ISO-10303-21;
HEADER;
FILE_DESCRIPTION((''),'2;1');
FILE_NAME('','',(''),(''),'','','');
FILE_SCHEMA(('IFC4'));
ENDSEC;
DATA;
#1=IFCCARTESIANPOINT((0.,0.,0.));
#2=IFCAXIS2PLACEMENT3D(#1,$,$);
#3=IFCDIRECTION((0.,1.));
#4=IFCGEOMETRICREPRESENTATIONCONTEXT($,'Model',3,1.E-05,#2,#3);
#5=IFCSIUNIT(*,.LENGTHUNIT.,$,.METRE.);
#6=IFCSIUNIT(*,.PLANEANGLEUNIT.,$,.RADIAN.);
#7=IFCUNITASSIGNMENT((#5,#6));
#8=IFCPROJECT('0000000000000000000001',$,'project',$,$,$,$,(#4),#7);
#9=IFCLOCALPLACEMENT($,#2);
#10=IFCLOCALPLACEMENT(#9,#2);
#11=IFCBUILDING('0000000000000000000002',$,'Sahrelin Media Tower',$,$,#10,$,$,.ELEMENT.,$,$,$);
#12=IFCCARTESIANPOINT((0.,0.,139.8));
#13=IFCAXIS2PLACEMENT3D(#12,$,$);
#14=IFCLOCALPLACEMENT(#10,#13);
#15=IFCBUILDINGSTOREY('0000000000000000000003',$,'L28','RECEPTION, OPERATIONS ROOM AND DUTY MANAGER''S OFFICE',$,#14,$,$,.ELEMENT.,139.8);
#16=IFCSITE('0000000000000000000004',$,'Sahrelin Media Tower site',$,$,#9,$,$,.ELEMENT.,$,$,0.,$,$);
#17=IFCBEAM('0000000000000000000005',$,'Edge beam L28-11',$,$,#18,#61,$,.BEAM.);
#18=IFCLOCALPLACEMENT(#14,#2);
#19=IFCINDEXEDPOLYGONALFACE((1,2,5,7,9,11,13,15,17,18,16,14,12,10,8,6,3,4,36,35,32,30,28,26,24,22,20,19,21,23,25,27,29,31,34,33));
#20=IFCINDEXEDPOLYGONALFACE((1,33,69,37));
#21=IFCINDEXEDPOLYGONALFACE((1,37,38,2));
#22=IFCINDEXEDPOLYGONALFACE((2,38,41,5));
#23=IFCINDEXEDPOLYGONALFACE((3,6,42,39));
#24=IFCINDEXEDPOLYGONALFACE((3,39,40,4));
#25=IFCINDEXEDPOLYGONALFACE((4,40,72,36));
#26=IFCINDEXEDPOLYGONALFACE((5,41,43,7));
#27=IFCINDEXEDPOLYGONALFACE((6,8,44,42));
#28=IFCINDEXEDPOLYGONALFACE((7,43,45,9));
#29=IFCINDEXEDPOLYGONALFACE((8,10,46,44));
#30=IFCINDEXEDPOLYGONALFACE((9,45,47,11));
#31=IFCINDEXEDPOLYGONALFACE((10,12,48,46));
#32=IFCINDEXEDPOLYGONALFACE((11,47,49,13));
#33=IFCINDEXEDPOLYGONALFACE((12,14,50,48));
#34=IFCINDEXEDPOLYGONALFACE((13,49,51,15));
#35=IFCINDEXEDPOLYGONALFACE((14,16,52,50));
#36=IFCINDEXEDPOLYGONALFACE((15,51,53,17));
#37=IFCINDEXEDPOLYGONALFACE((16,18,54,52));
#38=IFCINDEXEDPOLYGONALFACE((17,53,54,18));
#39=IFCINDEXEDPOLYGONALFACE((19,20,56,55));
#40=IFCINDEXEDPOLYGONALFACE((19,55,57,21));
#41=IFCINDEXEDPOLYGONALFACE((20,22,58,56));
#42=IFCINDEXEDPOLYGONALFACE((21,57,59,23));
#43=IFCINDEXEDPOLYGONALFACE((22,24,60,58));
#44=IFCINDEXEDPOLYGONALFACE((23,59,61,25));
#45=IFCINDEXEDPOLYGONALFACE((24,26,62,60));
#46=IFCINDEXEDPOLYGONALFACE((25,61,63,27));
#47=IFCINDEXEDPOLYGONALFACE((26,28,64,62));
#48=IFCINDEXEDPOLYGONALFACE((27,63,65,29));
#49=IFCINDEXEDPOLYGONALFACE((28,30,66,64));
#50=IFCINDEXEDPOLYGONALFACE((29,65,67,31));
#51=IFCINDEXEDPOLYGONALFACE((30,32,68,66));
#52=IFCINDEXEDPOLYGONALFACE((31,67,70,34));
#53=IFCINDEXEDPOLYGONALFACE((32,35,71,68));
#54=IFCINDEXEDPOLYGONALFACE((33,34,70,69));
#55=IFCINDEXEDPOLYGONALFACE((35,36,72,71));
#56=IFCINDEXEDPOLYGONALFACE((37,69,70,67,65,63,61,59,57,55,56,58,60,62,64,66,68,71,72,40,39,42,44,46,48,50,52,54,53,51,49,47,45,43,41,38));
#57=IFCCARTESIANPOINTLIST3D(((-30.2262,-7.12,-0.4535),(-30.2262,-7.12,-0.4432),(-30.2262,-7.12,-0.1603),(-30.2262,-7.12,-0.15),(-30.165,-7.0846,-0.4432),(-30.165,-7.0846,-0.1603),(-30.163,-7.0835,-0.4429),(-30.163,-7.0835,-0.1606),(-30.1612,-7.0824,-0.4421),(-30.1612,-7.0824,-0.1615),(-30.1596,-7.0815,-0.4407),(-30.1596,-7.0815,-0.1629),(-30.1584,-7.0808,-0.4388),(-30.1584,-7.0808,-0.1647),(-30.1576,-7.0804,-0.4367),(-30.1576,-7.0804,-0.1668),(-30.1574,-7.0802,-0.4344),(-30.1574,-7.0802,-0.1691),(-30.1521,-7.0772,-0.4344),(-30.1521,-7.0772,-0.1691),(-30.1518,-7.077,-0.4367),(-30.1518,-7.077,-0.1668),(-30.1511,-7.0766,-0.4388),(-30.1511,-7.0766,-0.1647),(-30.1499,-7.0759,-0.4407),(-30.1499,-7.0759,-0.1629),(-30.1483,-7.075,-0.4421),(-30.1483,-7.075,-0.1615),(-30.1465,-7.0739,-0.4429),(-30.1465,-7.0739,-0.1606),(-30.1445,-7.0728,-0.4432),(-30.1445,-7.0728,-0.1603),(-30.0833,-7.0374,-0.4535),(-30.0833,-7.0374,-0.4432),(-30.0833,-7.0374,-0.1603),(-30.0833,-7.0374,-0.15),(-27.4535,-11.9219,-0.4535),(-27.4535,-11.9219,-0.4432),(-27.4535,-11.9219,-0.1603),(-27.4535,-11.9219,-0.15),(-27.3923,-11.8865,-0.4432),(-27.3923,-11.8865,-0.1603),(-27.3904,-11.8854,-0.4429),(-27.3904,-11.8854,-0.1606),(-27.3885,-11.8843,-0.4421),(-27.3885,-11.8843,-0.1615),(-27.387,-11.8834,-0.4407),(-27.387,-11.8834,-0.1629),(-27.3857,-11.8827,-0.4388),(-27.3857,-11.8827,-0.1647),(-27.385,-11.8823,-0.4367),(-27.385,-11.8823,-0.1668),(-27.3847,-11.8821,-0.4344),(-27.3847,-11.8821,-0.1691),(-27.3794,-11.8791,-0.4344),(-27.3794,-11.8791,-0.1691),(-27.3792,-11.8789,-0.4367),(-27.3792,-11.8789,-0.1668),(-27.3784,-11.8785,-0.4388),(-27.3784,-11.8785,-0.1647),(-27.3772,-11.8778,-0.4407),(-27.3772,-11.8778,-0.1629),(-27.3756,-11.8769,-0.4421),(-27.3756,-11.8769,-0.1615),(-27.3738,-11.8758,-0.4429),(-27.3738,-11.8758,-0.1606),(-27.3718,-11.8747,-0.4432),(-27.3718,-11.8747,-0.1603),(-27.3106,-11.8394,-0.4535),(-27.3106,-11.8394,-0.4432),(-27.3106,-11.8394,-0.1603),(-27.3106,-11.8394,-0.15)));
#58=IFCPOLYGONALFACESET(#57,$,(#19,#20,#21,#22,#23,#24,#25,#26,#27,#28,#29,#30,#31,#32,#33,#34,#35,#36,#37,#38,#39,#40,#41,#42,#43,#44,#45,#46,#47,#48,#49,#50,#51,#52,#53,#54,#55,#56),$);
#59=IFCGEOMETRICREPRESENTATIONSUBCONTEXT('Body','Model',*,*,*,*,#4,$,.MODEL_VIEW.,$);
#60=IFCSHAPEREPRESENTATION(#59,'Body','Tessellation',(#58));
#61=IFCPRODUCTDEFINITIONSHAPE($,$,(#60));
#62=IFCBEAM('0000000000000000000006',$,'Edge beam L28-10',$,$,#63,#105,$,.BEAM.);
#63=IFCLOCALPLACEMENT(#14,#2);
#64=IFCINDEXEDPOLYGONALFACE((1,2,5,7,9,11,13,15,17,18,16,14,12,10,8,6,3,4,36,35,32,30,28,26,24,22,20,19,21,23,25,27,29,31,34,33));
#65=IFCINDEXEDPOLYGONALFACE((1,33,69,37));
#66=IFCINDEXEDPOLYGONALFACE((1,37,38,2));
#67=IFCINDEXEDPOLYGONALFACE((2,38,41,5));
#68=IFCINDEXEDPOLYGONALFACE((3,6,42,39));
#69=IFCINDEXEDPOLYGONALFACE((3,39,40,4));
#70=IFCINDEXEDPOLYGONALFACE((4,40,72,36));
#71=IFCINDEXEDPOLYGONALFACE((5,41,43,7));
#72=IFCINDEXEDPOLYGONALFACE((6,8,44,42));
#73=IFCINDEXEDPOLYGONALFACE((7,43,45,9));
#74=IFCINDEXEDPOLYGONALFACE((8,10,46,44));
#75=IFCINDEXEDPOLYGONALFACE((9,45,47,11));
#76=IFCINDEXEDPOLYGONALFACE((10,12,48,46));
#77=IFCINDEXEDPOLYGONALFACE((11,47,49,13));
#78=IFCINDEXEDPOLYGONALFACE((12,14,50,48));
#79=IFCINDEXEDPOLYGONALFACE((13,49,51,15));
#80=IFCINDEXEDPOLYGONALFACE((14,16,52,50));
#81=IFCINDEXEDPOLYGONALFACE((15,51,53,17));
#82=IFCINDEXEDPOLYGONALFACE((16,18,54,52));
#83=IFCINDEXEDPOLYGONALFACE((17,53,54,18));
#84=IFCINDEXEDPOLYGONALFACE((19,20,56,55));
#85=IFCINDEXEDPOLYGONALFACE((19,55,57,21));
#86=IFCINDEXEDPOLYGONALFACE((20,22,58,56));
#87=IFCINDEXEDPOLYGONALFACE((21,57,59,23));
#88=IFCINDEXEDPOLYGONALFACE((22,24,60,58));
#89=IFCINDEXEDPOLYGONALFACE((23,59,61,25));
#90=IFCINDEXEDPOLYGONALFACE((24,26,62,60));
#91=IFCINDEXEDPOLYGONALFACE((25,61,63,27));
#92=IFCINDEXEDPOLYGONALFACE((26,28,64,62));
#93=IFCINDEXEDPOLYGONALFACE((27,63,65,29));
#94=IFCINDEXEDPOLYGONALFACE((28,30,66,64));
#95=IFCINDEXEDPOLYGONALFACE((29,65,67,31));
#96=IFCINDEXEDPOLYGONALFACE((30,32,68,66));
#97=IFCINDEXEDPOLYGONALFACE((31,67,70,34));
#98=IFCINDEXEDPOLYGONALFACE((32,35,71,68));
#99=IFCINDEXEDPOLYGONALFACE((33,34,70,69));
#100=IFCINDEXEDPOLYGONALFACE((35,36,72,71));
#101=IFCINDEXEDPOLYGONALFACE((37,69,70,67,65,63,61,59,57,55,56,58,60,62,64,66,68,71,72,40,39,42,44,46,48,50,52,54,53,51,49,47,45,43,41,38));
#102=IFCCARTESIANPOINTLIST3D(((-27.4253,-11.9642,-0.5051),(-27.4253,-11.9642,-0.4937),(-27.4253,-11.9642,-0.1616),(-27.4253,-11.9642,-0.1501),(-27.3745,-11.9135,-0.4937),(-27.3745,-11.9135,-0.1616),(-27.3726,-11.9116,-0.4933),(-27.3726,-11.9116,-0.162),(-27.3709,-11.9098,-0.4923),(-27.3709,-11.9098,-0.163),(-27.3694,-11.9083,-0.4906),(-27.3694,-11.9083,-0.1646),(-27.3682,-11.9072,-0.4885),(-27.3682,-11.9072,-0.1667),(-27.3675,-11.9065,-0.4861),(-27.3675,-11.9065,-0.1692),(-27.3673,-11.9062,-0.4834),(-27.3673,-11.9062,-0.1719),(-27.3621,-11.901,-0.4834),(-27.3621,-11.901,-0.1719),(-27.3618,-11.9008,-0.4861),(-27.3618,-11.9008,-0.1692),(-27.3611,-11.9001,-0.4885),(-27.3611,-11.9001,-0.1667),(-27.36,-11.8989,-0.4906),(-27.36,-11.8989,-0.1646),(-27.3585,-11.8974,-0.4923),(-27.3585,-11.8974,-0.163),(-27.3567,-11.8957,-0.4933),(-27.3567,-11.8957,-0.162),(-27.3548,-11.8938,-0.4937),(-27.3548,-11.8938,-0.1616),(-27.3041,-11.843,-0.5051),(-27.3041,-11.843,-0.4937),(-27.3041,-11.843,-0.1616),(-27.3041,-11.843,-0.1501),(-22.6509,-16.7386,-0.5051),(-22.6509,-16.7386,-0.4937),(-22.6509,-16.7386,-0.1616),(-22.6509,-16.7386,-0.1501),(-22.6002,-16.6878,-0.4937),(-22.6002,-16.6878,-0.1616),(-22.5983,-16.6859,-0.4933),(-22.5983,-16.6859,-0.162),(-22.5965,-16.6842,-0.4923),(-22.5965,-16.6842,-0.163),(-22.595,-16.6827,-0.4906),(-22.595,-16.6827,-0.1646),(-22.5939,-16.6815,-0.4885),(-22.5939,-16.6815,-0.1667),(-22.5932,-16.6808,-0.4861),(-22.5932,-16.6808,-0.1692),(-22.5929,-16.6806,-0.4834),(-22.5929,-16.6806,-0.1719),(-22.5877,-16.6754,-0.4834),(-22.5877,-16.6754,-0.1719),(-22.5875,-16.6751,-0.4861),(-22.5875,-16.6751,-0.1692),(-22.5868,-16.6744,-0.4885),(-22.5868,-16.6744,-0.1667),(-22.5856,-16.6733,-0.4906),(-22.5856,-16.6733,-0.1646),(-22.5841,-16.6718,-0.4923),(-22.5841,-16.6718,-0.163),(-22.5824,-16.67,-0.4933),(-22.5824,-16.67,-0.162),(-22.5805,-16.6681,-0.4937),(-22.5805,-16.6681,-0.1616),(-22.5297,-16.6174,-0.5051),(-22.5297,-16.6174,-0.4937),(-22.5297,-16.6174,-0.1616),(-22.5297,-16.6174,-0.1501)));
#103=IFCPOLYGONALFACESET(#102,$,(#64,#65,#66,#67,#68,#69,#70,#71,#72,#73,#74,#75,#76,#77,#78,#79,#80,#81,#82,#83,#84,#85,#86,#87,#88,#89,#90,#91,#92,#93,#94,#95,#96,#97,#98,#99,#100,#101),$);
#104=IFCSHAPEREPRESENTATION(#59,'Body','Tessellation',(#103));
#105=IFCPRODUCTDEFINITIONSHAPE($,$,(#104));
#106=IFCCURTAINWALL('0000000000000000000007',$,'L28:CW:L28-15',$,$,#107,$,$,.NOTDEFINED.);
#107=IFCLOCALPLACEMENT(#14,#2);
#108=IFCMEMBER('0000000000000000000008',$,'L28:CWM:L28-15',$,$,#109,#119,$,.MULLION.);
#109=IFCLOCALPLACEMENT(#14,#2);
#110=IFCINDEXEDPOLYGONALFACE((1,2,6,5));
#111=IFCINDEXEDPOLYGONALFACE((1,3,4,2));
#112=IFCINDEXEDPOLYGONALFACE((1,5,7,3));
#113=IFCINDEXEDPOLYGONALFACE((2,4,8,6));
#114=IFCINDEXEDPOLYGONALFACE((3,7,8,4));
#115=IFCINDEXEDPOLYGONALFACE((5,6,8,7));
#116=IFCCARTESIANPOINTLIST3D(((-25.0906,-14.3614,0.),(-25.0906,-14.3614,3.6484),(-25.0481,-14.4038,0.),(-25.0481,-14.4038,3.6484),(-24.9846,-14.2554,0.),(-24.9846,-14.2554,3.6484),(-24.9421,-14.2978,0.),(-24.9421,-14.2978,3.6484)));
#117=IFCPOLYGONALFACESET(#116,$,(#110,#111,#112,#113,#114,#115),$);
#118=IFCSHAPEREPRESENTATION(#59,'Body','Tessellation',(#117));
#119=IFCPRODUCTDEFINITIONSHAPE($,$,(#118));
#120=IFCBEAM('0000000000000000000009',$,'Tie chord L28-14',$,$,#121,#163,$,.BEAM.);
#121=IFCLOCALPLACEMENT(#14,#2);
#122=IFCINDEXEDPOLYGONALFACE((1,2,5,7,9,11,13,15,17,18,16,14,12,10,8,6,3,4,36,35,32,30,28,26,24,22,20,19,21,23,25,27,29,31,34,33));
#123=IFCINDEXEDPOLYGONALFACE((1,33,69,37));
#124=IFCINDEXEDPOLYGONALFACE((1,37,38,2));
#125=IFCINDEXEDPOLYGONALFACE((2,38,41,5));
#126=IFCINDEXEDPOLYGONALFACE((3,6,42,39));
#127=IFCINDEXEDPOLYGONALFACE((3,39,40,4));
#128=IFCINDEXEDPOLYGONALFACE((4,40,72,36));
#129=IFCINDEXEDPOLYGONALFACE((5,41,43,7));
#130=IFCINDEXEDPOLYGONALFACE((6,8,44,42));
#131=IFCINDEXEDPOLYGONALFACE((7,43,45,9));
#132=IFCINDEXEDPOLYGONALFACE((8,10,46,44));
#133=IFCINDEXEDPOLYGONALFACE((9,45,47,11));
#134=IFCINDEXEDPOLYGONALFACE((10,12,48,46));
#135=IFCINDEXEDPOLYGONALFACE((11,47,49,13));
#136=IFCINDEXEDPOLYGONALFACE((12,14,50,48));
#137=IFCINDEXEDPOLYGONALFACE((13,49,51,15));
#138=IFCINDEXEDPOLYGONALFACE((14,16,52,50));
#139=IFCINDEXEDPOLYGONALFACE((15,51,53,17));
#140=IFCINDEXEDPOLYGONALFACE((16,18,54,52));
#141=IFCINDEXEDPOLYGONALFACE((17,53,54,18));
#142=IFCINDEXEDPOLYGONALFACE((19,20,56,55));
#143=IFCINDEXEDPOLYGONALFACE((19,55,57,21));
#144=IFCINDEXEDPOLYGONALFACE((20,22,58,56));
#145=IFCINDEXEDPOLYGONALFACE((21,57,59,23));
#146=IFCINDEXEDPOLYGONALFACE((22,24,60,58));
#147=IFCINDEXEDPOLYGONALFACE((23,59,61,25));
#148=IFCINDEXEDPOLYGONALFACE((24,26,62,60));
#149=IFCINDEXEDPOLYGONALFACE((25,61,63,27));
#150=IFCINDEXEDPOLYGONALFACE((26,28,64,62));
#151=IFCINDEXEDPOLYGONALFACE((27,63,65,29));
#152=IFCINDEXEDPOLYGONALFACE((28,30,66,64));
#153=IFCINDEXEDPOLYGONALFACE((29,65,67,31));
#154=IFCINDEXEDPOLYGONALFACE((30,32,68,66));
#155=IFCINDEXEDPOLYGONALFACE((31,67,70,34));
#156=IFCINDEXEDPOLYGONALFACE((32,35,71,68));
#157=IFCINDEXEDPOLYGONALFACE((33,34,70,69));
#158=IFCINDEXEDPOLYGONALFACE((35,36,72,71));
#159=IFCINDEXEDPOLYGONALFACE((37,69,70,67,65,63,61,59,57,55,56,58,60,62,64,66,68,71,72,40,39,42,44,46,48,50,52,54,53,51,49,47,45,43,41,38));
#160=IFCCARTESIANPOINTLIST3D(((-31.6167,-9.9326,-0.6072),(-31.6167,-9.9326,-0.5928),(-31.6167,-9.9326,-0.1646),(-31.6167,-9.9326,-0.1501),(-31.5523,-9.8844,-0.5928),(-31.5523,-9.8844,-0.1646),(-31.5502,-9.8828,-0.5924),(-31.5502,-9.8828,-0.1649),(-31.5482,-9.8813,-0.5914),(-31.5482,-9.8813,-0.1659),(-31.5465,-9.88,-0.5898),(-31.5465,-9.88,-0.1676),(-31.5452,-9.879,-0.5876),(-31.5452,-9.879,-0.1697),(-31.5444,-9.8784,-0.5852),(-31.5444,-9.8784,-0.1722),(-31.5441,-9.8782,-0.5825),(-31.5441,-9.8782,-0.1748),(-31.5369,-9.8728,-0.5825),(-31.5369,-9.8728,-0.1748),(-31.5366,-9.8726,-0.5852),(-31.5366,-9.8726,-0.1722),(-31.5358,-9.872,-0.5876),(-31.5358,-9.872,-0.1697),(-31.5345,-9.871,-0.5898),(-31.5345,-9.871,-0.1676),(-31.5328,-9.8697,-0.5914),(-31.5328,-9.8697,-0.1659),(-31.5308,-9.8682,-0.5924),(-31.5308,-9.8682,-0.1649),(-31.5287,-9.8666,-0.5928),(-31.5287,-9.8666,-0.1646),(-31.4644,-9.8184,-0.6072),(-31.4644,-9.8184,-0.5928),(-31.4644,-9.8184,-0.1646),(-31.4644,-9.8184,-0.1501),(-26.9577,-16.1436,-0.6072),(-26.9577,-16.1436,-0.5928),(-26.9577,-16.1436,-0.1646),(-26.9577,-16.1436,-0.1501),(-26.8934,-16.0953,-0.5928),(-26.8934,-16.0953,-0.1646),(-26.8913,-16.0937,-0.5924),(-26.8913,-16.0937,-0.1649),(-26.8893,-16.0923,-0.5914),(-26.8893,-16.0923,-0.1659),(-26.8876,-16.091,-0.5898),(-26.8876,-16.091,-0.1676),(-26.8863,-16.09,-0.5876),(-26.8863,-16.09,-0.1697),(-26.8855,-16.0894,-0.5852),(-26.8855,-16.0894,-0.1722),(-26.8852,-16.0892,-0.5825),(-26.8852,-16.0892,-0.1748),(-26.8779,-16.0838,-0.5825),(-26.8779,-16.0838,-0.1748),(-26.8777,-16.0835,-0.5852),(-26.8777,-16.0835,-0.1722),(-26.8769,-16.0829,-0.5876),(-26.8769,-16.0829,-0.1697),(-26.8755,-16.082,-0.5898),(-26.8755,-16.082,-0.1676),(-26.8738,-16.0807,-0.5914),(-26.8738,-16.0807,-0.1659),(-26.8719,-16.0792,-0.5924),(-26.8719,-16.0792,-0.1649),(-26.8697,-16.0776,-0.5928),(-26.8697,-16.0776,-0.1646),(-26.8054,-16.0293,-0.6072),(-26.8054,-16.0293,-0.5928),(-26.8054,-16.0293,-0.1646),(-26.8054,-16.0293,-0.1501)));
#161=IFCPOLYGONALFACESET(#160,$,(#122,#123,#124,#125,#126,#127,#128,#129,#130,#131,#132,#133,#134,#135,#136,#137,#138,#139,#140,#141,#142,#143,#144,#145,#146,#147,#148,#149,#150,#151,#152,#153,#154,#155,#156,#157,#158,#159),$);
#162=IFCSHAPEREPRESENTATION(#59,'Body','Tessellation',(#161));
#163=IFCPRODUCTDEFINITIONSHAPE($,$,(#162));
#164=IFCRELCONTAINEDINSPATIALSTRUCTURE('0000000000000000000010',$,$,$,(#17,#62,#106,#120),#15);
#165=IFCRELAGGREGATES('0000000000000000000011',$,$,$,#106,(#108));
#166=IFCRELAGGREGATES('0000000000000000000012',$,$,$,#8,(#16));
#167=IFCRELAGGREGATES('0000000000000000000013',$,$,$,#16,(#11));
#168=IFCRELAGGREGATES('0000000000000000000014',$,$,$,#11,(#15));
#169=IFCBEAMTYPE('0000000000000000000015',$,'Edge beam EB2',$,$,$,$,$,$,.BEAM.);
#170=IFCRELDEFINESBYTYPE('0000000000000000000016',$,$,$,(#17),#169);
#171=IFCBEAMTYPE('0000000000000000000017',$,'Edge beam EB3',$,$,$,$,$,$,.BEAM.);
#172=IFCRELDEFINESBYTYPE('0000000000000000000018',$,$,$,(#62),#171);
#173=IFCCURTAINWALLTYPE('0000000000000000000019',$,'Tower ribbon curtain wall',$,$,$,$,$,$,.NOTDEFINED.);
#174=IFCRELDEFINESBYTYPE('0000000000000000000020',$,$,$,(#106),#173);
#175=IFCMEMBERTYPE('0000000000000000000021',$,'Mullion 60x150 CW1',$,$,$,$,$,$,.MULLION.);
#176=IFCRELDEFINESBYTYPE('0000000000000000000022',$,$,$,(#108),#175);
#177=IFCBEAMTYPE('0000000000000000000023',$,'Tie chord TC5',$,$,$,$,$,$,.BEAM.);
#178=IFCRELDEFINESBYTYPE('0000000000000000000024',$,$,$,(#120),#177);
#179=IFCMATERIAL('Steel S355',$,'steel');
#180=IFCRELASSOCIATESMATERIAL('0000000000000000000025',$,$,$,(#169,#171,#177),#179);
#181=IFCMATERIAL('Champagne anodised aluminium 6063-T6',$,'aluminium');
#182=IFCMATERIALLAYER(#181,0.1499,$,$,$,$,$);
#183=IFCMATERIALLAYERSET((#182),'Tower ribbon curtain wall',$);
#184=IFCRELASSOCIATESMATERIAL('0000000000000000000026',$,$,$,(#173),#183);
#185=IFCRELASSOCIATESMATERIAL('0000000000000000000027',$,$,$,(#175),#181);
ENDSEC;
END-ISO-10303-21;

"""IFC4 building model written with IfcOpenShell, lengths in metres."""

from ifc_helpers import new_model, si_unit, direction, frame, origin, origin_2d, place, context, subcontext, project, spatial, rectangle, i_section, extrude, material, layer, layer_set, material_profile, profile_set, type_object, element, aggregate, save


model = new_model("IFC4")

# Units and contexts
model_context = context("Model", 3, precision=1e-05, world=origin(), true_north=direction((0.0, 1.0)))
body_context = subcontext(model_context, "Body", "Model", "MODEL_VIEW")
ifc_project = project(units=[si_unit("LENGTHUNIT", "METRE"), si_unit("PLANEANGLEUNIT", "RADIAN")], contexts=[model_context])

# Site, building, storey
site_placement = place(None, origin())
site = spatial("IfcSite", under=ifc_project, at=site_placement, Name="Sahrelin Media Tower site", CompositionType="ELEMENT", RefElevation=0.0)
building_placement = place(site_placement, origin())
building = spatial("IfcBuilding", under=site, at=building_placement, Name="Sahrelin Media Tower", CompositionType="ELEMENT")
storey_placement = place(building_placement, frame((0.0, 0.0, 139.8)))
storey = spatial("IfcBuildingStorey", under=building, at=storey_placement, Name="L28", Description="RECEPTION, OPERATIONS ROOM AND DUTY MANAGER'S OFFICE", CompositionType="ELEMENT", Elevation=139.8)

# Beams
ifc_material_1 = material(Name="Steel S355", Category="steel")
ifc_material_profile_1 = material_profile(ifc_material_1, i_section(OverallWidth=0.165, OverallDepth=0.3035, WebThickness=0.0061, FlangeThickness=0.0103, FilletRadius=0.0088, at=origin_2d()), Name="UB 305x165x40")
ifc_profile_set_1 = profile_set([ifc_material_profile_1], Name="Steel S355")
beam_type_1 = type_object("IfcBeamType", Name="Edge beam EB2", PredefinedType="BEAM", material=ifc_profile_set_1)
beam_1_placement = place(storey_placement, frame((-27.3821, -11.8806, -0.3018), z_axis=(-0.500036, 0.866004, 0.0), x_axis=(-0.866004, -0.500036, 0.0)))
element("IfcBeam", 1, at=beam_1_placement, inside=storey, type_object=beam_type_1, Name="Edge beam L28-11", PredefinedType="BEAM", context=body_context, shape_type="SweptSolid", body=[
    extrude(i_section(OverallWidth=0.165, OverallDepth=0.3035, WebThickness=0.0061, FlangeThickness=0.0103, FilletRadius=0.0088, at=origin_2d()), origin(), (0.0, 0.0, 1.0), 5.5449),
])
ifc_material_profile_2 = material_profile(ifc_material_1, i_section(OverallWidth=0.1714, OverallDepth=0.355, WebThickness=0.0073, FlangeThickness=0.0115, FilletRadius=0.0103, at=origin_2d()), Name="UB 356x171x51")
ifc_profile_set_2 = profile_set([ifc_material_profile_2], Name="Steel S355")
beam_type_2 = type_object("IfcBeamType", Name="Edge beam EB3", PredefinedType="BEAM", material=ifc_profile_set_2)
beam_2_placement = place(storey_placement, frame((-22.5903, -16.678, -0.3276), z_axis=(-0.707107, 0.707107, 0.0), x_axis=(-0.707107, -0.707107, 0.0)))
element("IfcBeam", 2, at=beam_2_placement, inside=storey, type_object=beam_type_2, Name="Edge beam L28-10", PredefinedType="BEAM", context=body_context, shape_type="SweptSolid", body=[
    extrude(i_section(OverallWidth=0.1714, OverallDepth=0.355, WebThickness=0.0073, FlangeThickness=0.0115, FilletRadius=0.0103, at=origin_2d()), origin(), (0.0, 0.0, 1.0), 6.752),
])

# Curtain wall, member
ifc_material_2 = material(Name="Champagne anodised aluminium 6063-T6", Category="aluminium")
ifc_layer_1 = layer(ifc_material_2, 0.1499)
ifc_layer_set_1 = layer_set([ifc_layer_1], Name="Tower ribbon curtain wall")
curtain_wall_type = type_object("IfcCurtainWallType", Name="Tower ribbon curtain wall", PredefinedType="NOTDEFINED", material=ifc_layer_set_1)
curtain_wall_1_placement = place(storey_placement, frame((-25.0835, -14.3967, 0.0), z_axis=(0.0, 0.0, 1.0), x_axis=(1.0, 0.0, 0.0)))
curtain_wall_1 = element("IfcCurtainWall", 3, at=curtain_wall_1_placement, inside=storey, type_object=curtain_wall_type, Name="L28:CW:L28-15", PredefinedType="NOTDEFINED")
ifc_material_profile_3 = material_profile(ifc_material_2, rectangle(XDim=0.0601, YDim=0.1499, at=origin_2d()), Name="Mullion 60x150")
ifc_profile_set_3 = profile_set([ifc_material_profile_3], Name="Champagne anodised aluminium 6063-T6")
member_type_1 = type_object("IfcMemberType", Name="Mullion 60x150 CW1", PredefinedType="MULLION", material=ifc_profile_set_3)
member_1_placement = place(storey_placement, frame((-25.0164, -14.3296, 0.0), z_axis=(0.0, 0.0, 1.0), x_axis=(0.707107, -0.707107, 0.0)))
member_1 = element("IfcMember", 4, at=member_1_placement, type_object=member_type_1, Name="L28:CWM:L28-15", PredefinedType="MULLION", context=body_context, shape_type="SweptSolid", body=[
    extrude(rectangle(XDim=0.0601, YDim=0.1499, at=origin_2d()), origin(), (0.0, 0.0, 1.0), 3.6484),
])

# Beam
ifc_material_profile_4 = material_profile(ifc_material_1, i_section(OverallWidth=0.1904, OverallDepth=0.457, WebThickness=0.009, FlangeThickness=0.0144, FilletRadius=0.0103, at=origin_2d()), Name="UB 457x191x74")
ifc_profile_set_4 = profile_set([ifc_material_profile_4], Name="Steel S355")
beam_type_3 = type_object("IfcBeamType", Name="Tie chord TC5", PredefinedType="BEAM", material=ifc_profile_set_4)
beam_3_placement = place(storey_placement, frame((-31.5405, -9.8755, -0.3787), z_axis=(0.60006, -0.799955, 0.0), x_axis=(0.799955, 0.60006, 0.0)))
element("IfcBeam", 5, at=beam_3_placement, inside=storey, type_object=beam_type_3, Name="Tie chord L28-14", PredefinedType="BEAM", context=body_context, shape_type="SweptSolid", body=[
    extrude(i_section(OverallWidth=0.1904, OverallDepth=0.457, WebThickness=0.009, FlangeThickness=0.0144, FilletRadius=0.0103, at=origin_2d()), origin(), (0.0, 0.0, 1.0), 7.7642),
])

aggregate(curtain_wall_1, [member_1])

save(model, "model.ifc")
